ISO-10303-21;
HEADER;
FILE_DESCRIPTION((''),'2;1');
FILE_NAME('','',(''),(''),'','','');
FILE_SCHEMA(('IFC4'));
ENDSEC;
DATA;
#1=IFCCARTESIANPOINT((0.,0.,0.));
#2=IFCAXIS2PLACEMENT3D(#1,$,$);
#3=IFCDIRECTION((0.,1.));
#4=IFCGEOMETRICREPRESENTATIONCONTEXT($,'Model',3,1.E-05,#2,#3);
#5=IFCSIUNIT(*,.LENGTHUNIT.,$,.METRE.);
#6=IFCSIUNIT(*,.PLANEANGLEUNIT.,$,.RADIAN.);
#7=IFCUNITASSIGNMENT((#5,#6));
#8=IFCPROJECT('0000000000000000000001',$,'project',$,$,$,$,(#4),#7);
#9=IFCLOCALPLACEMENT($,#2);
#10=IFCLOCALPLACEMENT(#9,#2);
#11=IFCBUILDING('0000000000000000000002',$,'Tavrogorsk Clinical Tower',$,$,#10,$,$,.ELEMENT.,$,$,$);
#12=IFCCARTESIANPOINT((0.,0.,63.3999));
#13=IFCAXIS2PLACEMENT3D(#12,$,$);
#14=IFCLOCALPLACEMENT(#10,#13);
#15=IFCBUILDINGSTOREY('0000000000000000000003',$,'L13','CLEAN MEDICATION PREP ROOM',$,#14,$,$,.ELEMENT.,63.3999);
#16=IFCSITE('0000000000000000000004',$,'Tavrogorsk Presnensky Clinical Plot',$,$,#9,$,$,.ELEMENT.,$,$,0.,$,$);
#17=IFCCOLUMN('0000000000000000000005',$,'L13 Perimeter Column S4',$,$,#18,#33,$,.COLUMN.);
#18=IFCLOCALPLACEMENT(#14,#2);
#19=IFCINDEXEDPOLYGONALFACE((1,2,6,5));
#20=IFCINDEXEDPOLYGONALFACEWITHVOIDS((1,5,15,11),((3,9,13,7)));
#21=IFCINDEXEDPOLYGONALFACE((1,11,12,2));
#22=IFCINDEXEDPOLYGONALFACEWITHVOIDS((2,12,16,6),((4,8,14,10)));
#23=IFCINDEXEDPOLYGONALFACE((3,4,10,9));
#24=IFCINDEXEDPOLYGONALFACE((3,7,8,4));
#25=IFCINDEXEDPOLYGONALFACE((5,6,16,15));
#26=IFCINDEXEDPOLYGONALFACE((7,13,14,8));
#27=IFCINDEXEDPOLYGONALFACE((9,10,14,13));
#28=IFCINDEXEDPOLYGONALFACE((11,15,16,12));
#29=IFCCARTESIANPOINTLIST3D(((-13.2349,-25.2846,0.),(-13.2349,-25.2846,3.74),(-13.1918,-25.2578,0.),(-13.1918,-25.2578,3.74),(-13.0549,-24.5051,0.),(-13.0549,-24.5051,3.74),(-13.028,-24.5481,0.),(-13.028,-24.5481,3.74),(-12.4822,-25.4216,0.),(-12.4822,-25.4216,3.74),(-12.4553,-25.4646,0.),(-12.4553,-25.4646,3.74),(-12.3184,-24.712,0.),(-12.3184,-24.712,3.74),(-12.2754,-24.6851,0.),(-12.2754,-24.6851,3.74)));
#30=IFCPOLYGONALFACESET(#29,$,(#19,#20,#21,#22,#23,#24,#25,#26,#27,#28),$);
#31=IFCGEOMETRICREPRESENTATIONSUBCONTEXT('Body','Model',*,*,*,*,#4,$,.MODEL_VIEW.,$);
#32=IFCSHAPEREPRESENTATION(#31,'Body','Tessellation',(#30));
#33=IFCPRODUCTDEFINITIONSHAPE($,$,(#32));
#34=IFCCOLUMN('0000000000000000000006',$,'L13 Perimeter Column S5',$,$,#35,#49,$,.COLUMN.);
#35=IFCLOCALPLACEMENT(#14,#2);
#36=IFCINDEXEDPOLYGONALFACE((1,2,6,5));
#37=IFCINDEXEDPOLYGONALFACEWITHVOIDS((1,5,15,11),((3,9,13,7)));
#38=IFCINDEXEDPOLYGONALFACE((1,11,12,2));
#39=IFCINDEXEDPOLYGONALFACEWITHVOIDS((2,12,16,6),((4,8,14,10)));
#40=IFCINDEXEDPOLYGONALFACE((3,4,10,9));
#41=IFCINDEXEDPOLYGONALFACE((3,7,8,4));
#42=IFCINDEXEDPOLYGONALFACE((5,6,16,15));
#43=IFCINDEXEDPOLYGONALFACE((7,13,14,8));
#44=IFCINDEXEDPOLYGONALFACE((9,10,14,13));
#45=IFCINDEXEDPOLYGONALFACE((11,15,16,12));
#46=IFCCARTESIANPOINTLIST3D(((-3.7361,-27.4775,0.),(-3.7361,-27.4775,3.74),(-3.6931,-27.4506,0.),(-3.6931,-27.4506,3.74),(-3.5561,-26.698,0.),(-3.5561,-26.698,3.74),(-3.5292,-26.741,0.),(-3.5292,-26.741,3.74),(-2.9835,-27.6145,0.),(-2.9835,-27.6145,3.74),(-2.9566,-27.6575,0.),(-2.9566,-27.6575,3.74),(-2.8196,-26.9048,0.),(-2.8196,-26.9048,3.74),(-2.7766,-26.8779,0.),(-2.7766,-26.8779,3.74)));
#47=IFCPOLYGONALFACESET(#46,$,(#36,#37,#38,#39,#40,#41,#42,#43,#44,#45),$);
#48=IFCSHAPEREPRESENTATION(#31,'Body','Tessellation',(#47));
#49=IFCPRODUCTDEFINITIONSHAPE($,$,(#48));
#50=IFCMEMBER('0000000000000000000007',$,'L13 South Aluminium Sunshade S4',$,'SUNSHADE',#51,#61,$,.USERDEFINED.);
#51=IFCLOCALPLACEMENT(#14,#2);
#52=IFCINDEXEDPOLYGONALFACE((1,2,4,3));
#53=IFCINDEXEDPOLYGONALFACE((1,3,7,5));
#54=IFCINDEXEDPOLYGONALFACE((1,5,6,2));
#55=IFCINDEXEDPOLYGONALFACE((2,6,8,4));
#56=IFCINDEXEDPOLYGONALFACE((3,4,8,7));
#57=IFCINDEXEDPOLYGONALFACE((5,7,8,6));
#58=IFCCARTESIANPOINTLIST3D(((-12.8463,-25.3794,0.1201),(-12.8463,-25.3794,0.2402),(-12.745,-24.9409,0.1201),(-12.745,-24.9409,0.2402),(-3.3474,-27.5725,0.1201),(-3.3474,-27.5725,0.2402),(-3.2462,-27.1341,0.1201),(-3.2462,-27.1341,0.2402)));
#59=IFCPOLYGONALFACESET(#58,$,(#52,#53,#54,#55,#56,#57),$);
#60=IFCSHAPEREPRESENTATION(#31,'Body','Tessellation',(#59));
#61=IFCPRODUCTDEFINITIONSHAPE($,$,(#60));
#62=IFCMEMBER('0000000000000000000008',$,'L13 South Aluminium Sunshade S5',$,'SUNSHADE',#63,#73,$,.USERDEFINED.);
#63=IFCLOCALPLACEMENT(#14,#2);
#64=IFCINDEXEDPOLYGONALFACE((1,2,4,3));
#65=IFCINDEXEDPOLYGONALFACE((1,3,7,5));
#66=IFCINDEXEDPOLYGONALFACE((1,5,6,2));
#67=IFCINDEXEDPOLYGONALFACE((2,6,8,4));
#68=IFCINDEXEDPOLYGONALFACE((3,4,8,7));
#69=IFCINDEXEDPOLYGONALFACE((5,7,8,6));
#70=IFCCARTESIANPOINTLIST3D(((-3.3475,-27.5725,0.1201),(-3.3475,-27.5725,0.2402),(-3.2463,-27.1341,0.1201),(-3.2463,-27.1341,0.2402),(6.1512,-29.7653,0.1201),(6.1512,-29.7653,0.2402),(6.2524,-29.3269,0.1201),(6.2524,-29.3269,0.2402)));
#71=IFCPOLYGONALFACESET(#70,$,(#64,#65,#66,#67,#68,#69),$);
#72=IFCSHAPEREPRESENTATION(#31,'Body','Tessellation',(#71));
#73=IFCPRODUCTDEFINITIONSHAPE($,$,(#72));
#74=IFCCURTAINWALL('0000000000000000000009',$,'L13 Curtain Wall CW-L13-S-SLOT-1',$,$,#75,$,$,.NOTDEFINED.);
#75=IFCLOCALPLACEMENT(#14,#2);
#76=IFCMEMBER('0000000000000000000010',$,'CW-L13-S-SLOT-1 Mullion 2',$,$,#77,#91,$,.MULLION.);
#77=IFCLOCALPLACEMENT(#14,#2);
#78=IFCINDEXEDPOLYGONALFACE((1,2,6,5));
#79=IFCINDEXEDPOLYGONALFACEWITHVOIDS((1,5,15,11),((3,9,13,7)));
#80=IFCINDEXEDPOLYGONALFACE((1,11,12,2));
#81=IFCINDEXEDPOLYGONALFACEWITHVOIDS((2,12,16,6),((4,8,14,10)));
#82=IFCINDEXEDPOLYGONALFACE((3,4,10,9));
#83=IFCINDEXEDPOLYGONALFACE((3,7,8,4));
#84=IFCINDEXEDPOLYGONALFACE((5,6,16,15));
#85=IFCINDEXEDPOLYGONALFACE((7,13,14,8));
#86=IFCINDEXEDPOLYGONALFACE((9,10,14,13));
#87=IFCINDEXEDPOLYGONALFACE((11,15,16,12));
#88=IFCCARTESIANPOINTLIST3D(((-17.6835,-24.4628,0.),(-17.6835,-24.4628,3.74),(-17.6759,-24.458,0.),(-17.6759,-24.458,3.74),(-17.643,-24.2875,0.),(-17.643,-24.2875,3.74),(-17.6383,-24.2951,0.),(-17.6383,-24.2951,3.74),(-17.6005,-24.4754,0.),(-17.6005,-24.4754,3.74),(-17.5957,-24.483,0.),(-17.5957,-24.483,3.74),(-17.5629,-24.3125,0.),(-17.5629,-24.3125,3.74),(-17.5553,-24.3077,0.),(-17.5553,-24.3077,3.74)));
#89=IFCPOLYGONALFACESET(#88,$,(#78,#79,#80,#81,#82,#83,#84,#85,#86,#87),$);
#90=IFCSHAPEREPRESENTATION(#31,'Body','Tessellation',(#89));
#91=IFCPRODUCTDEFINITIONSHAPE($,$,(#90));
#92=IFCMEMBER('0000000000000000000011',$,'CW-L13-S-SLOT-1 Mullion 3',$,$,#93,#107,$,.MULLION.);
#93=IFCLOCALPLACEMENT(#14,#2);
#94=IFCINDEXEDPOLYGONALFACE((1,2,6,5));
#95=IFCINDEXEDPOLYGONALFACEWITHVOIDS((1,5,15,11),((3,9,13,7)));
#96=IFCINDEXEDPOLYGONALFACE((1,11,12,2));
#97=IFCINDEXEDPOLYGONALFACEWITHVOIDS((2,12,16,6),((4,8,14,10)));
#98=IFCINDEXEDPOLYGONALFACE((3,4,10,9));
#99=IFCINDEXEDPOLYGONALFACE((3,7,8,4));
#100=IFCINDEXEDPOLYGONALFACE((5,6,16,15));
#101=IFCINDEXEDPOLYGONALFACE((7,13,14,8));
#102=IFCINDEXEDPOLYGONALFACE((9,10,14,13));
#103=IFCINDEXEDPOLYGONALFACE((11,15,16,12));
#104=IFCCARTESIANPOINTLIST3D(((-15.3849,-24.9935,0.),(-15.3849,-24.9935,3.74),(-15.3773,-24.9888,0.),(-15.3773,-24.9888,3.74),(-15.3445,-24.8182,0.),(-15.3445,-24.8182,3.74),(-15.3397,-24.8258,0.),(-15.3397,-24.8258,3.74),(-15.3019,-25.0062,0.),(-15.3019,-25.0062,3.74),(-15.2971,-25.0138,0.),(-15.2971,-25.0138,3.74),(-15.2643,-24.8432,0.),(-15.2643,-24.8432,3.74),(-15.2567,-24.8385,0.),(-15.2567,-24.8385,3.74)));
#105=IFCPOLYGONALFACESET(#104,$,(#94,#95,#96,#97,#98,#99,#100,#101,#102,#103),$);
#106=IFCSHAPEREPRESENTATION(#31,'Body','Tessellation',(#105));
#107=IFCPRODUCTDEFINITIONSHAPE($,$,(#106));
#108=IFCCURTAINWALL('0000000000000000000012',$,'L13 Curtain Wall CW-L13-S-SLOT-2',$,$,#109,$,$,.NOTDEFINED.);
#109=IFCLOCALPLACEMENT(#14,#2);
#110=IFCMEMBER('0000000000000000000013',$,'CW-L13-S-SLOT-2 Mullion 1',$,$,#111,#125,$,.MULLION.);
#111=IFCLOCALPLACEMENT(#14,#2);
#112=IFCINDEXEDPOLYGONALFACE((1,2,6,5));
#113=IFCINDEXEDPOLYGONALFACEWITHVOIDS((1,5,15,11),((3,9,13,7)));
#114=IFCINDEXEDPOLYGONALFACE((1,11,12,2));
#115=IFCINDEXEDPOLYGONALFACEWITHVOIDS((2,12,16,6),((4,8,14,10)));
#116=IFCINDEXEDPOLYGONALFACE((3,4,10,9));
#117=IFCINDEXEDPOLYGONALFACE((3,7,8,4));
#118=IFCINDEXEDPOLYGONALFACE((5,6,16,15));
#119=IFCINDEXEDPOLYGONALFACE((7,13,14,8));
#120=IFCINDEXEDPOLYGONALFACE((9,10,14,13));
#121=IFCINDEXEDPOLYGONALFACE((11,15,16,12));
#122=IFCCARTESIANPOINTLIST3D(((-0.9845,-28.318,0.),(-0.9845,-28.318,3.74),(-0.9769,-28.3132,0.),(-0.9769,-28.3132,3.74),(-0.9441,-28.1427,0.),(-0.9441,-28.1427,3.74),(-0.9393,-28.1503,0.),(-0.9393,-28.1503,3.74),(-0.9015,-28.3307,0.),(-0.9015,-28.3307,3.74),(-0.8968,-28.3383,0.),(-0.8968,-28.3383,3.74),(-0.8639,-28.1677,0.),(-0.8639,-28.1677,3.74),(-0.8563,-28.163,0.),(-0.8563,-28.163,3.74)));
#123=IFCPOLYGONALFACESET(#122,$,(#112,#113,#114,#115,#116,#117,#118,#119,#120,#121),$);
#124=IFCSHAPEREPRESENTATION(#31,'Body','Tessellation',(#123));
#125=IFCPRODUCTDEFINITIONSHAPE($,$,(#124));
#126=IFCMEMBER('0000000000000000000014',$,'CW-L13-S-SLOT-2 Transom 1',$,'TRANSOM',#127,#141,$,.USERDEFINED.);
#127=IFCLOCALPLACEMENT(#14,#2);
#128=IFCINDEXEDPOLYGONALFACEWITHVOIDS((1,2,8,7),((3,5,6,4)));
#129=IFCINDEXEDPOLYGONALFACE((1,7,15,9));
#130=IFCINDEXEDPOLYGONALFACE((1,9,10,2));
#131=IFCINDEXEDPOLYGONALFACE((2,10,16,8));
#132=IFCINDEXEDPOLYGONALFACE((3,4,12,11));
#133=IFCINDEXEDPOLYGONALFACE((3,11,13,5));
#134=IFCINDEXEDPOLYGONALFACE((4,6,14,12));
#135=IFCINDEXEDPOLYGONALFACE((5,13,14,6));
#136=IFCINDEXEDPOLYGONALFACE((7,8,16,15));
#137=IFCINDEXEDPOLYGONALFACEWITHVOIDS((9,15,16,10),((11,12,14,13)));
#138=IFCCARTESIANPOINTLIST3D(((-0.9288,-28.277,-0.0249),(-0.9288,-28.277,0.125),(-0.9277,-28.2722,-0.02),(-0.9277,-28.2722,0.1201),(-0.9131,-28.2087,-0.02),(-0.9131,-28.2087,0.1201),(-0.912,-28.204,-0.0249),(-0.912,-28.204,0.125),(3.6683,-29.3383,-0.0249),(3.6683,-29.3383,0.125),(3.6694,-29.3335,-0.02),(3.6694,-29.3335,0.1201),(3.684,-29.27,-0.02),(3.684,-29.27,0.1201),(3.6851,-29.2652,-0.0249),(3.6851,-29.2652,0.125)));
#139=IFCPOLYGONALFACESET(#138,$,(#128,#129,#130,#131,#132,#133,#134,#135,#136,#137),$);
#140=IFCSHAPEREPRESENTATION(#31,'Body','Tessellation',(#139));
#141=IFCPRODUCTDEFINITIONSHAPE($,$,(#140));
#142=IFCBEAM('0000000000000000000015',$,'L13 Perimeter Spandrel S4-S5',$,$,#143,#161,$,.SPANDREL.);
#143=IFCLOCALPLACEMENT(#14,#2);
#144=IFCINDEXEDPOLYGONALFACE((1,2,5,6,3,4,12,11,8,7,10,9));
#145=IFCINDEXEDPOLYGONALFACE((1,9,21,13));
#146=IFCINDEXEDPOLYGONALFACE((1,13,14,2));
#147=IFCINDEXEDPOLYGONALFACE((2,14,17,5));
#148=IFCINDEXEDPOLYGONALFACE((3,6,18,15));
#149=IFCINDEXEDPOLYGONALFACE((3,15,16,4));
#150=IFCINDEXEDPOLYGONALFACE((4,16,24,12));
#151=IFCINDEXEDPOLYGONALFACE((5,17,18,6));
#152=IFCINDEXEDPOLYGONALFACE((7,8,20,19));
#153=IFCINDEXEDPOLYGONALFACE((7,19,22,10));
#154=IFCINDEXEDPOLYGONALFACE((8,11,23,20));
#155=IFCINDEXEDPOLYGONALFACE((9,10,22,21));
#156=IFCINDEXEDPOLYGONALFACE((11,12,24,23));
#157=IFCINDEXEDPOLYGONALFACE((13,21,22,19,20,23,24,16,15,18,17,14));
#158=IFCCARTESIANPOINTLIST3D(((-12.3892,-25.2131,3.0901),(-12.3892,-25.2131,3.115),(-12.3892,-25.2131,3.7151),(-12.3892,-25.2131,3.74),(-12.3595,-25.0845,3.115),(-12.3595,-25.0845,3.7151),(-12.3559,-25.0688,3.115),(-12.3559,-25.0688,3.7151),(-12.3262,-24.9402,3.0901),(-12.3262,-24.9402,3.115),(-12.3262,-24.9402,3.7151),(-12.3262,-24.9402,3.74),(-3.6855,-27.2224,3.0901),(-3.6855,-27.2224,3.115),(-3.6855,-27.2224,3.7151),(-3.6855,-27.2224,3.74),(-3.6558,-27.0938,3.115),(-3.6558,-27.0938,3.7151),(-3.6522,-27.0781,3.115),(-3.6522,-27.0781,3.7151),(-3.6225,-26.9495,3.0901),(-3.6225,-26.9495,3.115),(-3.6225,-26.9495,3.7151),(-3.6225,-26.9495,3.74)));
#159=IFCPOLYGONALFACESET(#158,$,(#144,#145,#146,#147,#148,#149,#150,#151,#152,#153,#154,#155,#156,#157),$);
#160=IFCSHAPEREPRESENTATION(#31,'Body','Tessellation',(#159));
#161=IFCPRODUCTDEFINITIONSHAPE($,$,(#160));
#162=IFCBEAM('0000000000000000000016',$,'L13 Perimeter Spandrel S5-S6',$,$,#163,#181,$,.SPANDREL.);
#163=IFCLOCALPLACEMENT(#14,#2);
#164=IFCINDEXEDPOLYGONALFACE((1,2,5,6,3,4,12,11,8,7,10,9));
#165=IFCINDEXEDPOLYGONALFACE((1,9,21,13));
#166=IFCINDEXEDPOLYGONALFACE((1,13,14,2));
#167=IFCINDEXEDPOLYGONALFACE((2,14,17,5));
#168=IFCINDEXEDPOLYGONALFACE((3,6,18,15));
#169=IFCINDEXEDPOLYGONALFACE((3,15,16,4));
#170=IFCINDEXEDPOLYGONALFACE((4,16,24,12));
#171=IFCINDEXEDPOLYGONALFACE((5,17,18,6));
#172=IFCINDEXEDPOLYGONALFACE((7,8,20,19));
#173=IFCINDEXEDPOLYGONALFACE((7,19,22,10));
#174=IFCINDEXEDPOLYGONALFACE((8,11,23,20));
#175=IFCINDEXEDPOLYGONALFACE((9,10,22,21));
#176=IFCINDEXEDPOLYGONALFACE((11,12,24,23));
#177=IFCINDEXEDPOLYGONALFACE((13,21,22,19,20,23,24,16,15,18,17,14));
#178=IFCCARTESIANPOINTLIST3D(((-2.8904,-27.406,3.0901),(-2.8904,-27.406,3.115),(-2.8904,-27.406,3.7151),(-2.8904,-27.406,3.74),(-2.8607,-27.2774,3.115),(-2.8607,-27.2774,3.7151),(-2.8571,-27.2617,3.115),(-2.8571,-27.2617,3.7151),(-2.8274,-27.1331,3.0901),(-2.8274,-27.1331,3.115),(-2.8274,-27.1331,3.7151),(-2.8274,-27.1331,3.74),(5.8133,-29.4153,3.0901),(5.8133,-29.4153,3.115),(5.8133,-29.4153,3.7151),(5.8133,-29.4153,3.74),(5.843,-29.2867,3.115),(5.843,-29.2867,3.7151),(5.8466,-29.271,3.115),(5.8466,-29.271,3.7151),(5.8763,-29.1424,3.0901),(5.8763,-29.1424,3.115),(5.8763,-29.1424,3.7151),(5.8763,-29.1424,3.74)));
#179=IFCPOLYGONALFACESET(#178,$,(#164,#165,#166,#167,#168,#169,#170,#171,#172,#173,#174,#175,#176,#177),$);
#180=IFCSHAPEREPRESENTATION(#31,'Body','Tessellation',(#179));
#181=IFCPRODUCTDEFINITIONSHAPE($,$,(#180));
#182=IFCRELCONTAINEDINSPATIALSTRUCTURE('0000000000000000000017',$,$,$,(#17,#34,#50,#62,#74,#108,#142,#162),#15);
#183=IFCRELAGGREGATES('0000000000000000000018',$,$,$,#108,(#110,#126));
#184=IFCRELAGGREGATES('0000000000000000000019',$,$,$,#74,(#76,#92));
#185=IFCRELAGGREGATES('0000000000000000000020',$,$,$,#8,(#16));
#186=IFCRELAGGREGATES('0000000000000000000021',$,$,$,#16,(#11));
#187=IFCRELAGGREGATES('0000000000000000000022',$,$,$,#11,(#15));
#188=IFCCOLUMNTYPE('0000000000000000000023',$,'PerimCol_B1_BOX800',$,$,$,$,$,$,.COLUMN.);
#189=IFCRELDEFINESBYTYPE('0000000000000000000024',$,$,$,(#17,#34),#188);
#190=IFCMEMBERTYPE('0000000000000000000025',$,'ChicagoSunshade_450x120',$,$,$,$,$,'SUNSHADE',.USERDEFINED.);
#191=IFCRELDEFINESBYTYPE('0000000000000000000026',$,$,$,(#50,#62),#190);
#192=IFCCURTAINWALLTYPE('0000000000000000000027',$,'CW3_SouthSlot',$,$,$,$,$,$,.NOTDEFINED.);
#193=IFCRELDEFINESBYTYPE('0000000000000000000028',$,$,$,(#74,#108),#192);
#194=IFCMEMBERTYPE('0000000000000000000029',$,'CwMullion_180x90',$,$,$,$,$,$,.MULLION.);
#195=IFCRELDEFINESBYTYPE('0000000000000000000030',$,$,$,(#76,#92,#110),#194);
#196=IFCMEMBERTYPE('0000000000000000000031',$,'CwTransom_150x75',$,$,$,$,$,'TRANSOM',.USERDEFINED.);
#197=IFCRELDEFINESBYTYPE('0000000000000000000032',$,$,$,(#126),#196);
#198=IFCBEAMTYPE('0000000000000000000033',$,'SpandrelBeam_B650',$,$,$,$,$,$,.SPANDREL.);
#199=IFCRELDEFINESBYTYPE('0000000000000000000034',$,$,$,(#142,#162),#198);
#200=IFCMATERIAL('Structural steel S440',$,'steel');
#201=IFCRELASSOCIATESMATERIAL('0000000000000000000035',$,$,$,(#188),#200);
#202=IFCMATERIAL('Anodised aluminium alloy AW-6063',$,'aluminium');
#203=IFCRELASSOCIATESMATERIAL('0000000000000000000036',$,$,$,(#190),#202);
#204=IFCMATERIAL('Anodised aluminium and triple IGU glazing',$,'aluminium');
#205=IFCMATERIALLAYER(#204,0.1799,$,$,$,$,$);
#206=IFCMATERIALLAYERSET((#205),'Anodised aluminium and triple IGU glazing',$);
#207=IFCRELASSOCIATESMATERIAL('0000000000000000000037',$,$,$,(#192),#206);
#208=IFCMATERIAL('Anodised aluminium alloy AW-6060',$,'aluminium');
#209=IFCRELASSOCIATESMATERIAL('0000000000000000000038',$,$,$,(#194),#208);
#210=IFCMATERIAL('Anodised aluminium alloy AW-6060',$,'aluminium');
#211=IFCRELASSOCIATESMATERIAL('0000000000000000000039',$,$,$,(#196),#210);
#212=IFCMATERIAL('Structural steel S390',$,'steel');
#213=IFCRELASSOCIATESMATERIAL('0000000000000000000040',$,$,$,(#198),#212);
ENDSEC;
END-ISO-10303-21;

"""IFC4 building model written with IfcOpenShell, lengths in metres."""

from ifc_helpers import new_model, si_unit, direction, frame, origin, origin_2d, place, context, subcontext, project, spatial, rectangle, hollow_rectangle, i_section, extrude, material, layer, layer_set, material_profile, profile_set, type_object, element, aggregate, save


model = new_model("IFC4")

# Units and contexts
model_context = context("Model", 3, precision=1e-05, world=origin(), true_north=direction((0.0, 1.0)))
body_context = subcontext(model_context, "Body", "Model", "MODEL_VIEW")
ifc_project = project(units=[si_unit("LENGTHUNIT", "METRE"), si_unit("PLANEANGLEUNIT", "RADIAN")], contexts=[model_context])

# Site, building, storey
site_placement = place(None, origin())
site = spatial("IfcSite", under=ifc_project, at=site_placement, Name="Tavrogorsk Presnensky Clinical Plot", CompositionType="ELEMENT", RefElevation=0.0)
building_placement = place(site_placement, origin())
building = spatial("IfcBuilding", under=site, at=building_placement, Name="Tavrogorsk Clinical Tower", CompositionType="ELEMENT")
storey_placement = place(building_placement, frame((0.0, 0.0, 63.3999)))
storey = spatial("IfcBuildingStorey", under=building, at=storey_placement, Name="L13", Description="CLEAN MEDICATION PREP ROOM", CompositionType="ELEMENT", Elevation=63.3999)

# Columns
ifc_material_1 = material(Name="Structural steel S440", Category="steel")
ifc_material_profile_1 = material_profile(ifc_material_1, hollow_rectangle(XDim=0.8, YDim=0.8, WallThickness=0.0359, at=origin_2d()), Name="BOX-800x800x36")
ifc_profile_set_1 = profile_set([ifc_material_profile_1], Name="Structural steel S440")
column_type = type_object("IfcColumnType", Name="PerimCol_B1_BOX800", PredefinedType="COLUMN", material=ifc_profile_set_1)
for number, where, z_axis, x_axis, name in (
    (1, (-12.7551, -24.9849, 0.0), (0.0, 0.0, 1.0), (0.97437, -0.224951, 0.0), "L13 Perimeter Column S4"),
    (2, (-3.2563, -27.1777, 0.0), (0.0, 0.0, 1.0), (0.97437, -0.224951, 0.0), "L13 Perimeter Column S5"),
):
    element("IfcColumn", number, at=place(storey_placement, frame(where, z_axis=z_axis, x_axis=x_axis)), inside=storey, type_object=column_type, Name=name, PredefinedType="COLUMN", context=body_context, shape_type="SweptSolid", body=[
        extrude(hollow_rectangle(XDim=0.8, YDim=0.8, WallThickness=0.0359, at=origin_2d()), origin(), (0.0, 0.0, 1.0), 3.74),
    ])

# Members
ifc_material_2 = material(Name="Anodised aluminium alloy AW-6063", Category="aluminium")
ifc_material_profile_2 = material_profile(ifc_material_2, rectangle(XDim=0.45, YDim=0.1201, at=origin_2d()), Name="ALU-SUNSHADE-450x120")
ifc_profile_set_2 = profile_set([ifc_material_profile_2], Name="Anodised aluminium alloy AW-6063")
member_type_1 = type_object("IfcMemberType", Name="ChicagoSunshade_450x120", ElementType="SUNSHADE", PredefinedType="USERDEFINED", material=ifc_profile_set_2)
member_1_placement = place(storey_placement, frame((-12.7957, -25.1602, 0.1802), z_axis=(0.974367, -0.224966, 0.0), x_axis=(0.224966, 0.974367, 0.0)))
element("IfcMember", 3, at=member_1_placement, inside=storey, type_object=member_type_1, Name="L13 South Aluminium Sunshade S4", ObjectType="SUNSHADE", PredefinedType="USERDEFINED", context=body_context, shape_type="SweptSolid", body=[
    extrude(rectangle(XDim=0.45, YDim=0.1201, at=origin_2d()), origin(), (0.0, 0.0, 1.0), 9.7488),
])
member_2_placement = place(storey_placement, frame((-3.2969, -27.3533, 0.1802), z_axis=(0.974372, -0.224942, 0.0), x_axis=(0.224942, 0.974372, 0.0)))
element("IfcMember", 4, at=member_2_placement, inside=storey, type_object=member_type_1, Name="L13 South Aluminium Sunshade S5", ObjectType="SUNSHADE", PredefinedType="USERDEFINED", context=body_context, shape_type="SweptSolid", body=[
    extrude(rectangle(XDim=0.45, YDim=0.1201, at=origin_2d()), origin(), (0.0, 0.0, 1.0), 9.7485),
])

# Curtain walls, members
ifc_material_3 = material(Name="Anodised aluminium and triple IGU glazing", Category="aluminium")
ifc_layer_1 = layer(ifc_material_3, 0.1799)
ifc_layer_set_1 = layer_set([ifc_layer_1], Name="Anodised aluminium and triple IGU glazing")
curtain_wall_type = type_object("IfcCurtainWallType", Name="CW3_SouthSlot", PredefinedType="NOTDEFINED", material=ifc_layer_set_1)
curtain_wall_1_placement = place(storey_placement, origin())
curtain_wall_1 = element("IfcCurtainWall", 5, at=curtain_wall_1_placement, inside=storey, type_object=curtain_wall_type, Name="L13 Curtain Wall CW-L13-S-SLOT-1", PredefinedType="NOTDEFINED")
ifc_material_4 = material(Name="Anodised aluminium alloy AW-6060", Category="aluminium")
ifc_material_profile_3 = material_profile(ifc_material_4, hollow_rectangle(XDim=0.0901, YDim=0.1799, WallThickness=0.0063, at=origin_2d()), Name="RHS-180x90x6.3")
ifc_profile_set_3 = profile_set([ifc_material_profile_3], Name="Anodised aluminium alloy AW-6060")
member_type_2 = type_object("IfcMemberType", Name="CwMullion_180x90", PredefinedType="MULLION", material=ifc_profile_set_3)
member_3_placement = place(storey_placement, frame((-17.6194, -24.3853, 0.0), z_axis=(0.0, 0.0, 1.0), x_axis=(0.97437, -0.224951, 0.0)))
member_3 = element("IfcMember", 6, at=member_3_placement, type_object=member_type_2, Name="CW-L13-S-SLOT-1 Mullion 2", PredefinedType="MULLION", context=body_context, shape_type="SweptSolid", body=[
    extrude(hollow_rectangle(XDim=0.0901, YDim=0.1799, WallThickness=0.0063, at=origin_2d()), origin(), (0.0, 0.0, 1.0), 3.74),
])
member_4_placement = place(storey_placement, frame((-15.3208, -24.916, 0.0), z_axis=(0.0, 0.0, 1.0), x_axis=(0.97437, -0.224951, 0.0)))
member_4 = element("IfcMember", 7, at=member_4_placement, type_object=member_type_2, Name="CW-L13-S-SLOT-1 Mullion 3", PredefinedType="MULLION", context=body_context, shape_type="SweptSolid", body=[
    extrude(hollow_rectangle(XDim=0.0901, YDim=0.1799, WallThickness=0.0063, at=origin_2d()), origin(), (0.0, 0.0, 1.0), 3.74),
])
curtain_wall_2_placement = place(storey_placement, origin())
curtain_wall_2 = element("IfcCurtainWall", 8, at=curtain_wall_2_placement, inside=storey, type_object=curtain_wall_type, Name="L13 Curtain Wall CW-L13-S-SLOT-2", PredefinedType="NOTDEFINED")
member_5_placement = place(storey_placement, frame((-0.9204, -28.2405, 0.0), z_axis=(0.0, 0.0, 1.0), x_axis=(0.97437, -0.224951, 0.0)))
member_5 = element("IfcMember", 9, at=member_5_placement, type_object=member_type_2, Name="CW-L13-S-SLOT-2 Mullion 1", PredefinedType="MULLION", context=body_context, shape_type="SweptSolid", body=[
    extrude(hollow_rectangle(XDim=0.0901, YDim=0.1799, WallThickness=0.0063, at=origin_2d()), origin(), (0.0, 0.0, 1.0), 3.74),
])
ifc_material_5 = material(Name="Anodised aluminium alloy AW-6060", Category="aluminium")
ifc_material_profile_4 = material_profile(ifc_material_5, hollow_rectangle(XDim=0.075, YDim=0.1499, WallThickness=0.0049, at=origin_2d()), Name="RHS-150x75x5")
ifc_profile_set_4 = profile_set([ifc_material_profile_4], Name="Anodised aluminium alloy AW-6060")
member_type_3 = type_object("IfcMemberType", Name="CwTransom_150x75", ElementType="TRANSOM", PredefinedType="USERDEFINED", material=ifc_profile_set_4)
member_6_placement = place(storey_placement, frame((-0.9204, -28.2405, 0.05), z_axis=(0.974373, -0.224939, 0.0), x_axis=(0.224939, 0.974373, 0.0)))
member_6 = element("IfcMember", 10, at=member_6_placement, type_object=member_type_3, Name="CW-L13-S-SLOT-2 Transom 1", ObjectType="TRANSOM", PredefinedType="USERDEFINED", context=body_context, shape_type="SweptSolid", body=[
    extrude(hollow_rectangle(XDim=0.075, YDim=0.1499, WallThickness=0.0049, at=origin_2d()), origin(), (0.0, 0.0, 1.0), 4.718),
])
aggregate(curtain_wall_2, [member_5, member_6])

# Beams
ifc_material_6 = material(Name="Structural steel S390", Category="steel")
ifc_material_profile_5 = material_profile(ifc_material_6, i_section(OverallWidth=0.28, OverallDepth=0.6499, WebThickness=0.0161, FlangeThickness=0.0249, at=origin_2d()), Name="B-650x280x16x25")
ifc_profile_set_5 = profile_set([ifc_material_profile_5], Name="Structural steel S390")
beam_type = type_object("IfcBeamType", Name="SpandrelBeam_B650", PredefinedType="SPANDREL", material=ifc_profile_set_5)
for number, where, z_axis, x_axis, name in (
    (11, (-12.3577, -25.0767, 3.415), (0.974373, -0.224939, 0.0), (0.224939, 0.974373, 0.0), "L13 Perimeter Spandrel S4-S5"),
    (12, (-2.8589, -27.2695, 3.415), (0.974373, -0.224939, 0.0), (0.224939, 0.974373, 0.0), "L13 Perimeter Spandrel S5-S6"),
):
    element("IfcBeam", number, at=place(storey_placement, frame(where, z_axis=z_axis, x_axis=x_axis)), inside=storey, type_object=beam_type, Name=name, PredefinedType="SPANDREL", context=body_context, shape_type="SweptSolid", body=[
        extrude(i_section(OverallWidth=0.28, OverallDepth=0.6499, WebThickness=0.0161, FlangeThickness=0.0249, at=origin_2d()), origin(), (0.0, 0.0, 1.0), 8.9326),
    ])

aggregate(curtain_wall_1, [member_3, member_4])

save(model, "model.ifc")
